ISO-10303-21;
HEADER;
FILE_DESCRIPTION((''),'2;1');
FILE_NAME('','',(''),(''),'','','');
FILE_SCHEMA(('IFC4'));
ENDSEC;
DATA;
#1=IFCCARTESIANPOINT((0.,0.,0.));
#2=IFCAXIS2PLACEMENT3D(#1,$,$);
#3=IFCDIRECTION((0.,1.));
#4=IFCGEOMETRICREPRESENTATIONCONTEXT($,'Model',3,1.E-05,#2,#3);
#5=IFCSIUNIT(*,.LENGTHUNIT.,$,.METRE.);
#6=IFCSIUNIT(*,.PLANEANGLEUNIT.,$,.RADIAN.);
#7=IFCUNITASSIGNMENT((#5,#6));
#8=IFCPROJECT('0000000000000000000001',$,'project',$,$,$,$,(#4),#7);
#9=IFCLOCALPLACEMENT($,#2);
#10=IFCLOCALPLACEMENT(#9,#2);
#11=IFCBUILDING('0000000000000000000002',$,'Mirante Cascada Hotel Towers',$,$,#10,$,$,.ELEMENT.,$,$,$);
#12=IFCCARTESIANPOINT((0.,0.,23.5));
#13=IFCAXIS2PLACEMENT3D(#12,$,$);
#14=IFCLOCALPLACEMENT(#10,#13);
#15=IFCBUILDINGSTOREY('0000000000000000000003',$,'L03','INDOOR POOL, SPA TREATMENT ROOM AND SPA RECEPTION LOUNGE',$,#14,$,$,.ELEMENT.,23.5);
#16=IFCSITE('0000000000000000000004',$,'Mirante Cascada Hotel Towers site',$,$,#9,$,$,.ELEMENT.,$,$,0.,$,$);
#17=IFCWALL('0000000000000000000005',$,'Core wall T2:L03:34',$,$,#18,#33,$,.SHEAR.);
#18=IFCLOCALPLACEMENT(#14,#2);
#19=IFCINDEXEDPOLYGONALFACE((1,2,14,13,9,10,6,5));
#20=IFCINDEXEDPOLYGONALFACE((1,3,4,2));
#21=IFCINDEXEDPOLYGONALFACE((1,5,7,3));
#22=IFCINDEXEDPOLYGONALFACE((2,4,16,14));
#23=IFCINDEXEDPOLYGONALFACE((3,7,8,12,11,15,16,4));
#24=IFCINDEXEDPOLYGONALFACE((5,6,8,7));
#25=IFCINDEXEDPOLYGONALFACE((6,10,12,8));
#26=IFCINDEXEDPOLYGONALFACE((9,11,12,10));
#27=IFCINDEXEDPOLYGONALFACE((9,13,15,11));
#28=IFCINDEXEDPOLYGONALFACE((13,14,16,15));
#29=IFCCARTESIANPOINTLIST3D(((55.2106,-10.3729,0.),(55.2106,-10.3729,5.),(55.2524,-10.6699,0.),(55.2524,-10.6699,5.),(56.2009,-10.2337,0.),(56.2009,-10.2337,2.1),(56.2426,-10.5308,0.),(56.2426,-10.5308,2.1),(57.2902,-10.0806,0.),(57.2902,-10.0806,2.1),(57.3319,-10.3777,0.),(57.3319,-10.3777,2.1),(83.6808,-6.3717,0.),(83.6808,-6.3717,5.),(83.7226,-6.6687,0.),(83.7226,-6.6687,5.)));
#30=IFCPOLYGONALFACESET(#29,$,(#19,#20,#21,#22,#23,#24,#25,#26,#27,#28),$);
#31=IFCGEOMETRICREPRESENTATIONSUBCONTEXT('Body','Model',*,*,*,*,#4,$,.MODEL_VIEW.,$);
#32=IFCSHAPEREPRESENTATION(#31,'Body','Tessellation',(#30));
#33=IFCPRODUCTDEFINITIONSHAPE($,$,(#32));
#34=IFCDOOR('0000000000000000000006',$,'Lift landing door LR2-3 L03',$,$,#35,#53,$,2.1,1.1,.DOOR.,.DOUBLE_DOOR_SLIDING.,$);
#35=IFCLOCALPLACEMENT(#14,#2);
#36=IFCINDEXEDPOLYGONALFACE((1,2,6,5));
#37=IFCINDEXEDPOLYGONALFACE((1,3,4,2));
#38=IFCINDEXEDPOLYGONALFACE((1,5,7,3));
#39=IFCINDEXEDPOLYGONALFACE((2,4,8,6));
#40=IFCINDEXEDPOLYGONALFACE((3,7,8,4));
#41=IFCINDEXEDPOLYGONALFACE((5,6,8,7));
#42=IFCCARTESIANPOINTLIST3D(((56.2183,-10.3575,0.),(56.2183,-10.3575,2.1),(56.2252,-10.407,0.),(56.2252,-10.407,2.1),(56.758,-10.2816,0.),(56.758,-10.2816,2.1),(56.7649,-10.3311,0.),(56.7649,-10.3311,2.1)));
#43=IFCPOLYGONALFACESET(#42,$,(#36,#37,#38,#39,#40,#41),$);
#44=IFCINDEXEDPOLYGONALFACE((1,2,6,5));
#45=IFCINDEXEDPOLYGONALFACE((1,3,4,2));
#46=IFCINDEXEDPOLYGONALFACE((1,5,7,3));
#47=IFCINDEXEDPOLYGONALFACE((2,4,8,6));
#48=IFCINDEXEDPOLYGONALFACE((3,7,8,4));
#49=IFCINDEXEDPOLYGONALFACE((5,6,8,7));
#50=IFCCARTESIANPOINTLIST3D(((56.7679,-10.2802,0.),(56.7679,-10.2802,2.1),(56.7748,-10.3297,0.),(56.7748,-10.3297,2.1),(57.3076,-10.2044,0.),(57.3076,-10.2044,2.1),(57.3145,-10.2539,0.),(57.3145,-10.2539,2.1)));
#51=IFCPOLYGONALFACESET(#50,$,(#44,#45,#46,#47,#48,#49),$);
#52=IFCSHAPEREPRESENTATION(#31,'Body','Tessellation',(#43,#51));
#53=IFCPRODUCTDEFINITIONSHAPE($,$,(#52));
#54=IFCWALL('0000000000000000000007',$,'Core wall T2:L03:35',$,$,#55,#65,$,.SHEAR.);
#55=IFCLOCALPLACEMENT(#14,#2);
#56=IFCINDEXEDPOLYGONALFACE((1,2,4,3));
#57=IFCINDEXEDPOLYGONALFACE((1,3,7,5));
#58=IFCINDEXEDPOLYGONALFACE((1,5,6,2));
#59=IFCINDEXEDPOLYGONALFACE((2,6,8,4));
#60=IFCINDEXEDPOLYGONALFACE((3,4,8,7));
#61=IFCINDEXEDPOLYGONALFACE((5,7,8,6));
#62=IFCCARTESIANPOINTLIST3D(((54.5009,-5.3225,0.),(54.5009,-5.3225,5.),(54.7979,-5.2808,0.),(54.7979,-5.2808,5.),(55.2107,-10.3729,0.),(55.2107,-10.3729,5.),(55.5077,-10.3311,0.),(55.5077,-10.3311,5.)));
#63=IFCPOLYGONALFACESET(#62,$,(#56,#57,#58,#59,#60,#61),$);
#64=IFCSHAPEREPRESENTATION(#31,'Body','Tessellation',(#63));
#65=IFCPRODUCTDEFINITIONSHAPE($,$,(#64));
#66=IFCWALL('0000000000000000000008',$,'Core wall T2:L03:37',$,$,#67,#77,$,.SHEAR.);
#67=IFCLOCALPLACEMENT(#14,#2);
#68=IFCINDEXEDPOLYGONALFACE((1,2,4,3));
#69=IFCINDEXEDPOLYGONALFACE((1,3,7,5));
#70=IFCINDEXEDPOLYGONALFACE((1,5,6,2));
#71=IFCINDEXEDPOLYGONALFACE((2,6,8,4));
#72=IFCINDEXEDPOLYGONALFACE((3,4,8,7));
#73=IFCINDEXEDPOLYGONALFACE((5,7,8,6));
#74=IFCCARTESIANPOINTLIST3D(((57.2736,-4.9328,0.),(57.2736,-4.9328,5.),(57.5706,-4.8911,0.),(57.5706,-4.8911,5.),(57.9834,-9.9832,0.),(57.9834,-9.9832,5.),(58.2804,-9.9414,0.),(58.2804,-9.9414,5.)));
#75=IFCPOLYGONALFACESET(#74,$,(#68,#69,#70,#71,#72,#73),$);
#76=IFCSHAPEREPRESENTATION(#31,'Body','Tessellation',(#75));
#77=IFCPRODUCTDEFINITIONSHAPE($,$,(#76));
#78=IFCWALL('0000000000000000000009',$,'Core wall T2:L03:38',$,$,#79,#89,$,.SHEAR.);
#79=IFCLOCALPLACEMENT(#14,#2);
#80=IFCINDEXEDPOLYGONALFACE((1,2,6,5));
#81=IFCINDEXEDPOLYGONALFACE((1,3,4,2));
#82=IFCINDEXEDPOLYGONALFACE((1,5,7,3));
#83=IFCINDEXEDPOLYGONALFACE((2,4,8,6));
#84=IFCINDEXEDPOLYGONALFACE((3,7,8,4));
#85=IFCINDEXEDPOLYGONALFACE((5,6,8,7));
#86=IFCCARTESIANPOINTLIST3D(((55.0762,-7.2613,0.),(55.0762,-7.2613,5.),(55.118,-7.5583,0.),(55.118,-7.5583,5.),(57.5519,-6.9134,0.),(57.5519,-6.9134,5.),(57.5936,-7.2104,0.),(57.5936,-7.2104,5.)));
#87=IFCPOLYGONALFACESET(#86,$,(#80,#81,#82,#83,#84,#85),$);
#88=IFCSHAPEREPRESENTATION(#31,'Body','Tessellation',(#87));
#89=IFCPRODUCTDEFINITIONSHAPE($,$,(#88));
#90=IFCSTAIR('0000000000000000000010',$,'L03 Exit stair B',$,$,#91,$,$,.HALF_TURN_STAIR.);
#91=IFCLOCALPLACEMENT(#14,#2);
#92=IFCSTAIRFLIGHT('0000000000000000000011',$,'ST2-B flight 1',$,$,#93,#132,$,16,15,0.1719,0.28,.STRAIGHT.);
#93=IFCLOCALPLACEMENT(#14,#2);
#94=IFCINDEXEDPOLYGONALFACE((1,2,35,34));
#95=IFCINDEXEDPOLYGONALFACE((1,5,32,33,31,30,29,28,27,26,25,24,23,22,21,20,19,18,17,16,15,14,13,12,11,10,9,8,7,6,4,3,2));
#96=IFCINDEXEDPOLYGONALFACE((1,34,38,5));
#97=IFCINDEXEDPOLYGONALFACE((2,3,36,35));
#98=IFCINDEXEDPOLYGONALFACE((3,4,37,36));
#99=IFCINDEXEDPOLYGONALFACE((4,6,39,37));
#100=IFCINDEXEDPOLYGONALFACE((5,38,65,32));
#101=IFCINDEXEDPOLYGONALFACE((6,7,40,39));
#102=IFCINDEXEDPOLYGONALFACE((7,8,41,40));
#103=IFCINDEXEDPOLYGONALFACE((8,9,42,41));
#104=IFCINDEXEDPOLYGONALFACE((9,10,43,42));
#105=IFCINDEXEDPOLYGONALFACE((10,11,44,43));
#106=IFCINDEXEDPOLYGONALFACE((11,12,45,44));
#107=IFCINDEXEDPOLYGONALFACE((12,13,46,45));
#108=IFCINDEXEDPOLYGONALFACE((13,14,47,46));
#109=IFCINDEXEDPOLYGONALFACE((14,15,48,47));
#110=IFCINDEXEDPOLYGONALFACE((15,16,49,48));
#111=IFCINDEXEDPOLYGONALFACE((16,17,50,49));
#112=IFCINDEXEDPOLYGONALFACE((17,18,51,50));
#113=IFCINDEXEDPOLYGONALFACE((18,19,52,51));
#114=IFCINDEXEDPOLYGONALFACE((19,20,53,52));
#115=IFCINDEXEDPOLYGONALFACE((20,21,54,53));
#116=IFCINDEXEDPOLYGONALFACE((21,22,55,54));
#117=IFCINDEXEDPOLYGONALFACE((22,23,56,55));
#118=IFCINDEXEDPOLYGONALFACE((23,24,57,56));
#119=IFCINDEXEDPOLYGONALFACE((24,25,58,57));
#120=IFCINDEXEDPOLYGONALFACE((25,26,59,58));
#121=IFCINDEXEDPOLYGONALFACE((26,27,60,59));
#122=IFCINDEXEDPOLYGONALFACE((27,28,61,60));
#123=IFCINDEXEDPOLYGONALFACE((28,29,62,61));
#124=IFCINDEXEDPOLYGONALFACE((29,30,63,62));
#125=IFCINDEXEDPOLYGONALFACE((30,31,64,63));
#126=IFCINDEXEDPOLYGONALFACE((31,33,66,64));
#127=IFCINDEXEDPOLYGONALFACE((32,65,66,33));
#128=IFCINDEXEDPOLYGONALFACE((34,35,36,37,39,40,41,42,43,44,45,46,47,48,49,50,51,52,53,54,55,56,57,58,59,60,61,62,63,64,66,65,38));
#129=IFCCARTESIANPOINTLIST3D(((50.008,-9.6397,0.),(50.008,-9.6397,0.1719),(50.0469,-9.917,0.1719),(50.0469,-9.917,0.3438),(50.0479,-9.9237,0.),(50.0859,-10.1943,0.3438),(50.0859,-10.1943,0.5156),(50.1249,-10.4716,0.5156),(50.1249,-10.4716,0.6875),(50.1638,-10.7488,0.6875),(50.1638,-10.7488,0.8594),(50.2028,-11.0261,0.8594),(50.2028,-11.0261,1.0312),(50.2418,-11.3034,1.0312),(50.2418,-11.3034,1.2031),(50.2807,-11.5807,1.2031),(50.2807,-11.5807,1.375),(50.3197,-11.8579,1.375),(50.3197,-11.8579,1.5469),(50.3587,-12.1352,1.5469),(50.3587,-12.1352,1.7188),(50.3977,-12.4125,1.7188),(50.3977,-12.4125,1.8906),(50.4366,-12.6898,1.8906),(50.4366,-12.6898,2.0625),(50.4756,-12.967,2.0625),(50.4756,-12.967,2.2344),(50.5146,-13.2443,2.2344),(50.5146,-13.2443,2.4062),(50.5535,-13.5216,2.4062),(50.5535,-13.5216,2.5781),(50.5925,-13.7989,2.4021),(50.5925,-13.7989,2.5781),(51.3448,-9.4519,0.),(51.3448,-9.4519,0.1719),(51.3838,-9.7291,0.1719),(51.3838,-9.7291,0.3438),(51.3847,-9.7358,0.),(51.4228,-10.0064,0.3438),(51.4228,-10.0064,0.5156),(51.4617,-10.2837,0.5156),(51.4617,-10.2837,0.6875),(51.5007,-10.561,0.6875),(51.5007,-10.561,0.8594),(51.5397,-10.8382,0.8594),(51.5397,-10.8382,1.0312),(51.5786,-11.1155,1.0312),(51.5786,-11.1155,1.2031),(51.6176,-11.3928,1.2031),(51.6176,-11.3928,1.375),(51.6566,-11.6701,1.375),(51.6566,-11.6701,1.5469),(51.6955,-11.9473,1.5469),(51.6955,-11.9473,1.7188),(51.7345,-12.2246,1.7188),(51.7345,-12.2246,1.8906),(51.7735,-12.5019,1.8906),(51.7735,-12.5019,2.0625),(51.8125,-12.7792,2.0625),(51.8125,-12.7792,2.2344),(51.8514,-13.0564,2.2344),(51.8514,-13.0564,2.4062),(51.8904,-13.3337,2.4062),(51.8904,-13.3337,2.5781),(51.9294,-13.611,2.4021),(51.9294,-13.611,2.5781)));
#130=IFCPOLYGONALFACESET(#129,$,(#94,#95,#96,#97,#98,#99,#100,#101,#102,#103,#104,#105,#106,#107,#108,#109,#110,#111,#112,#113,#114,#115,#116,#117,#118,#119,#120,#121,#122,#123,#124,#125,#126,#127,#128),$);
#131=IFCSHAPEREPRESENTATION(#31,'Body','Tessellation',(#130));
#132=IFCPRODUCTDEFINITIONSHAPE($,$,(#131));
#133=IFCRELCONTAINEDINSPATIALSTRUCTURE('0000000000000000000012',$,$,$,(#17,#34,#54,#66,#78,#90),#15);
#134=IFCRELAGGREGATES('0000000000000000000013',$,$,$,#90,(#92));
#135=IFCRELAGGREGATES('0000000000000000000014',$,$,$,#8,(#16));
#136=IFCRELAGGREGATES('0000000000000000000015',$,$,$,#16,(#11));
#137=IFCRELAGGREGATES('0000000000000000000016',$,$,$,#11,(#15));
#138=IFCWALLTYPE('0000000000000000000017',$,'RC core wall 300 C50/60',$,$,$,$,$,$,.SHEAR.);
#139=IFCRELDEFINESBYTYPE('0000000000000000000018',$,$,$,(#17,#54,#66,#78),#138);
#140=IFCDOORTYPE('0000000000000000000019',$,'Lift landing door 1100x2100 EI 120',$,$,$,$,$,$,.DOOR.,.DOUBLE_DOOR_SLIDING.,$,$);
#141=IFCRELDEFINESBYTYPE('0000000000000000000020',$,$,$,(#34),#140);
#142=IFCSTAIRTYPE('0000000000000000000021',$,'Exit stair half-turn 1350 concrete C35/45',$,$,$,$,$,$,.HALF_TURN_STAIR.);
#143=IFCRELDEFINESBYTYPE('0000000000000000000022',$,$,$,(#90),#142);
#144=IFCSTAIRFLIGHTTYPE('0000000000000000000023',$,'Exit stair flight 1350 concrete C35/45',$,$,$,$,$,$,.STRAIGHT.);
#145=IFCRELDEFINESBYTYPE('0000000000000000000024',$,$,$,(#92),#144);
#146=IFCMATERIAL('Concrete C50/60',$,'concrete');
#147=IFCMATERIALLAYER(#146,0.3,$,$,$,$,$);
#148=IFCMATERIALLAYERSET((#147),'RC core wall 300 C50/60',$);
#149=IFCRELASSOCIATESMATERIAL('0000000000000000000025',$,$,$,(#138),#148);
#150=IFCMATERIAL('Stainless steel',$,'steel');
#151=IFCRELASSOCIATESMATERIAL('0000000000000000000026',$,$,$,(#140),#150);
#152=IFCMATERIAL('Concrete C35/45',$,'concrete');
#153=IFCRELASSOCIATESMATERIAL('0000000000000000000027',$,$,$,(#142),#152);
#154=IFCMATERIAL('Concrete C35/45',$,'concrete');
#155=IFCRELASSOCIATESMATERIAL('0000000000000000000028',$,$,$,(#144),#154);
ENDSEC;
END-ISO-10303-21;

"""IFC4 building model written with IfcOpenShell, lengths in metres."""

from ifc_helpers import new_model, si_unit, direction, frame, frame_2d, origin, place, context, subcontext, project, spatial, polyline, rectangle, outline, extrude, material, layer, layer_set, type_object, element, fill, aggregate, save


model = new_model("IFC4")

# Units and contexts
model_context = context("Model", 3, precision=1e-05, world=origin(), true_north=direction((0.0, 1.0)))
body_context = subcontext(model_context, "Body", "Model", "MODEL_VIEW")
ifc_project = project(units=[si_unit("LENGTHUNIT", "METRE"), si_unit("PLANEANGLEUNIT", "RADIAN")], contexts=[model_context])

# Site, building, storey
site_placement = place(None, origin())
site = spatial("IfcSite", under=ifc_project, at=site_placement, Name="Mirante Cascada Hotel Towers site", CompositionType="ELEMENT", RefElevation=0.0)
building_placement = place(site_placement, origin())
building = spatial("IfcBuilding", under=site, at=building_placement, Name="Mirante Cascada Hotel Towers", CompositionType="ELEMENT")
storey_placement = place(building_placement, frame((0.0, 0.0, 23.5)))
storey = spatial("IfcBuildingStorey", under=building, at=storey_placement, Name="L03", Description="INDOOR POOL, SPA TREATMENT ROOM AND SPA RECEPTION LOUNGE", CompositionType="ELEMENT", Elevation=23.5)

# Wall, opening, door
ifc_material_1 = material(Name="Concrete C50/60", Category="concrete")
ifc_layer_1 = layer(ifc_material_1, 0.3)
ifc_layer_set_1 = layer_set([ifc_layer_1], Name="RC core wall 300 C50/60")
wall_type_1 = type_object("IfcWallType", Name="RC core wall 300 C50/60", PredefinedType="SHEAR", material=ifc_layer_set_1)
wall_1_placement = place(storey_placement, frame((55.2315, -10.5214, 0.0), z_axis=(0.0, 0.0, 1.0), x_axis=(0.990268, 0.139172, 0.0)))
wall_1 = element("IfcWall", 1, at=wall_1_placement, inside=storey, type_object=wall_type_1, Name="Core wall T2:L03:34", PredefinedType="SHEAR", context=body_context, shape_type="SweptSolid", body=[
    extrude(rectangle(XDim=28.75, YDim=0.3, at=frame_2d((14.375, 0.0))), origin(), (0.0, 0.0, 1.0), 5.0),
])
opening_1_placement = place(wall_1_placement, frame((1.0, 0.0, 0.0)))
opening_1 = element("IfcOpeningElement", 2, at=opening_1_placement, cuts=wall_1, PredefinedType="OPENING", context=body_context, shape_type="SweptSolid", body=[
    extrude(rectangle(XDim=1.1, YDim=2.1, at=frame_2d((0.55, 1.05))), frame((0.0, 0.15, 0.0), z_axis=(0.0, -1.0, 0.0), x_axis=(1.0, 0.0, 0.0)), (0.0, 0.0, 1.0), 0.3),
])
ifc_material_2 = material(Name="Stainless steel", Category="steel")
door_type_1 = type_object("IfcDoorType", Name="Lift landing door 1100x2100 EI 120", OperationType="DOUBLE_DOOR_SLIDING", PredefinedType="DOOR", material=ifc_material_2)
door_1_placement = place(opening_1_placement, origin())
door_1 = element("IfcDoor", 3, at=door_1_placement, inside=storey, type_object=door_type_1, Name="Lift landing door LR2-3 L03", OperationType="DOUBLE_DOOR_SLIDING", OverallHeight=2.1, OverallWidth=1.1, PredefinedType="DOOR", context=body_context, shape_type="SweptSolid", body=[
    extrude(rectangle(XDim=0.545, YDim=2.1, at=frame_2d((0.2725, 1.05))), frame((0.0, 0.025, 0.0), z_axis=(0.0, -1.0, 0.0), x_axis=(1.0, 0.0, 0.0)), (0.0, 0.0, 1.0), 0.05),
    extrude(rectangle(XDim=0.545, YDim=2.1, at=frame_2d((0.8275, 1.05))), frame((0.0, 0.025, 0.0), z_axis=(0.0, -1.0, 0.0), x_axis=(1.0, 0.0, 0.0)), (0.0, 0.0, 1.0), 0.05),
])
fill(opening_1, door_1)

# Walls
for number, where, z_axis, x_axis, name in (
    (4, (55.3592, -10.352, 0.0), (0.0, 0.0, 1.0), (-0.139176, 0.990268, 0.0), "Core wall T2:L03:35"),
    (5, (58.1319, -9.9623, 0.0), (0.0, 0.0, 1.0), (-0.139176, 0.990268, 0.0), "Core wall T2:L03:37"),
):
    element("IfcWall", number, at=place(storey_placement, frame(where, z_axis=z_axis, x_axis=x_axis)), inside=storey, type_object=wall_type_1, Name=name, PredefinedType="SHEAR", context=body_context, shape_type="SweptSolid", body=[
        extrude(rectangle(XDim=5.1, YDim=0.3, at=frame_2d((2.55, 0.0))), origin(), (0.0, 0.0, 1.0), 5.0),
    ])
wall_2_placement = place(storey_placement, frame((55.0971, -7.4098, 0.0), z_axis=(0.0, 0.0, 1.0), x_axis=(0.99027, 0.139159, 0.0)))
element("IfcWall", 6, at=wall_2_placement, inside=storey, type_object=wall_type_1, Name="Core wall T2:L03:38", PredefinedType="SHEAR", context=body_context, shape_type="SweptSolid", body=[
    extrude(rectangle(XDim=2.5, YDim=0.3, at=frame_2d((1.25, 0.0))), origin(), (0.0, 0.0, 1.0), 5.0),
])

# Stair, stair flight
ifc_material_3 = material(Name="Concrete C35/45", Category="concrete")
stair_type = type_object("IfcStairType", Name="Exit stair half-turn 1350 concrete C35/45", PredefinedType="HALF_TURN_STAIR", material=ifc_material_3)
stair_placement = place(storey_placement, origin())
stair = element("IfcStair", 7, at=stair_placement, inside=storey, type_object=stair_type, Name="L03 Exit stair B", PredefinedType="HALF_TURN_STAIR")
ifc_material_4 = material(Name="Concrete C35/45", Category="concrete")
stair_flight_type = type_object("IfcStairFlightType", Name="Exit stair flight 1350 concrete C35/45", PredefinedType="STRAIGHT", material=ifc_material_4)
stair_flight_placement = place(storey_placement, frame((50.6764, -9.5458, 0.0), z_axis=(0.0, 0.0, 1.0), x_axis=(0.139173, -0.990268, 0.0)))
stair_flight = element("IfcStairFlight", 8, at=stair_flight_placement, type_object=stair_flight_type, Name="ST2-B flight 1", NumberOfRisers=16, NumberOfTreads=15, PredefinedType="STRAIGHT", RiserHeight=0.1719, TreadLength=0.28, context=body_context, shape_type="SweptSolid", body=[
    extrude(outline(polyline([(0.0, 0.0), (0.0, 0.1719), (0.28, 0.1719), (0.28, 0.3438), (0.56, 0.3438), (0.56, 0.5156), (0.84, 0.5156), (0.84, 0.6875), (1.12, 0.6875), (1.12, 0.8594), (1.4, 0.8594), (1.4, 1.0312), (1.68, 1.0312), (1.68, 1.2031), (1.96, 1.2031), (1.96, 1.375), (2.24, 1.375), (2.24, 1.5469), (2.52, 1.5469), (2.52, 1.7188), (2.8, 1.7188), (2.8, 1.8906), (3.08, 1.8906), (3.08, 2.0625), (3.36, 2.0625), (3.36, 2.2344), (3.64, 2.2344), (3.64, 2.4062), (3.92, 2.4062), (3.92, 2.5781), (4.2, 2.5781), (4.2, 2.75), (4.2, 2.4021), (0.2867, 0.0), (0.0, 0.0)])), frame((0.0, 0.675, 0.0), z_axis=(0.0, -1.0, 0.0), x_axis=(1.0, 0.0, 0.0)), (0.0, 0.0, 1.0), 1.35),
])
aggregate(stair, [stair_flight])

save(model, "model.ifc")
